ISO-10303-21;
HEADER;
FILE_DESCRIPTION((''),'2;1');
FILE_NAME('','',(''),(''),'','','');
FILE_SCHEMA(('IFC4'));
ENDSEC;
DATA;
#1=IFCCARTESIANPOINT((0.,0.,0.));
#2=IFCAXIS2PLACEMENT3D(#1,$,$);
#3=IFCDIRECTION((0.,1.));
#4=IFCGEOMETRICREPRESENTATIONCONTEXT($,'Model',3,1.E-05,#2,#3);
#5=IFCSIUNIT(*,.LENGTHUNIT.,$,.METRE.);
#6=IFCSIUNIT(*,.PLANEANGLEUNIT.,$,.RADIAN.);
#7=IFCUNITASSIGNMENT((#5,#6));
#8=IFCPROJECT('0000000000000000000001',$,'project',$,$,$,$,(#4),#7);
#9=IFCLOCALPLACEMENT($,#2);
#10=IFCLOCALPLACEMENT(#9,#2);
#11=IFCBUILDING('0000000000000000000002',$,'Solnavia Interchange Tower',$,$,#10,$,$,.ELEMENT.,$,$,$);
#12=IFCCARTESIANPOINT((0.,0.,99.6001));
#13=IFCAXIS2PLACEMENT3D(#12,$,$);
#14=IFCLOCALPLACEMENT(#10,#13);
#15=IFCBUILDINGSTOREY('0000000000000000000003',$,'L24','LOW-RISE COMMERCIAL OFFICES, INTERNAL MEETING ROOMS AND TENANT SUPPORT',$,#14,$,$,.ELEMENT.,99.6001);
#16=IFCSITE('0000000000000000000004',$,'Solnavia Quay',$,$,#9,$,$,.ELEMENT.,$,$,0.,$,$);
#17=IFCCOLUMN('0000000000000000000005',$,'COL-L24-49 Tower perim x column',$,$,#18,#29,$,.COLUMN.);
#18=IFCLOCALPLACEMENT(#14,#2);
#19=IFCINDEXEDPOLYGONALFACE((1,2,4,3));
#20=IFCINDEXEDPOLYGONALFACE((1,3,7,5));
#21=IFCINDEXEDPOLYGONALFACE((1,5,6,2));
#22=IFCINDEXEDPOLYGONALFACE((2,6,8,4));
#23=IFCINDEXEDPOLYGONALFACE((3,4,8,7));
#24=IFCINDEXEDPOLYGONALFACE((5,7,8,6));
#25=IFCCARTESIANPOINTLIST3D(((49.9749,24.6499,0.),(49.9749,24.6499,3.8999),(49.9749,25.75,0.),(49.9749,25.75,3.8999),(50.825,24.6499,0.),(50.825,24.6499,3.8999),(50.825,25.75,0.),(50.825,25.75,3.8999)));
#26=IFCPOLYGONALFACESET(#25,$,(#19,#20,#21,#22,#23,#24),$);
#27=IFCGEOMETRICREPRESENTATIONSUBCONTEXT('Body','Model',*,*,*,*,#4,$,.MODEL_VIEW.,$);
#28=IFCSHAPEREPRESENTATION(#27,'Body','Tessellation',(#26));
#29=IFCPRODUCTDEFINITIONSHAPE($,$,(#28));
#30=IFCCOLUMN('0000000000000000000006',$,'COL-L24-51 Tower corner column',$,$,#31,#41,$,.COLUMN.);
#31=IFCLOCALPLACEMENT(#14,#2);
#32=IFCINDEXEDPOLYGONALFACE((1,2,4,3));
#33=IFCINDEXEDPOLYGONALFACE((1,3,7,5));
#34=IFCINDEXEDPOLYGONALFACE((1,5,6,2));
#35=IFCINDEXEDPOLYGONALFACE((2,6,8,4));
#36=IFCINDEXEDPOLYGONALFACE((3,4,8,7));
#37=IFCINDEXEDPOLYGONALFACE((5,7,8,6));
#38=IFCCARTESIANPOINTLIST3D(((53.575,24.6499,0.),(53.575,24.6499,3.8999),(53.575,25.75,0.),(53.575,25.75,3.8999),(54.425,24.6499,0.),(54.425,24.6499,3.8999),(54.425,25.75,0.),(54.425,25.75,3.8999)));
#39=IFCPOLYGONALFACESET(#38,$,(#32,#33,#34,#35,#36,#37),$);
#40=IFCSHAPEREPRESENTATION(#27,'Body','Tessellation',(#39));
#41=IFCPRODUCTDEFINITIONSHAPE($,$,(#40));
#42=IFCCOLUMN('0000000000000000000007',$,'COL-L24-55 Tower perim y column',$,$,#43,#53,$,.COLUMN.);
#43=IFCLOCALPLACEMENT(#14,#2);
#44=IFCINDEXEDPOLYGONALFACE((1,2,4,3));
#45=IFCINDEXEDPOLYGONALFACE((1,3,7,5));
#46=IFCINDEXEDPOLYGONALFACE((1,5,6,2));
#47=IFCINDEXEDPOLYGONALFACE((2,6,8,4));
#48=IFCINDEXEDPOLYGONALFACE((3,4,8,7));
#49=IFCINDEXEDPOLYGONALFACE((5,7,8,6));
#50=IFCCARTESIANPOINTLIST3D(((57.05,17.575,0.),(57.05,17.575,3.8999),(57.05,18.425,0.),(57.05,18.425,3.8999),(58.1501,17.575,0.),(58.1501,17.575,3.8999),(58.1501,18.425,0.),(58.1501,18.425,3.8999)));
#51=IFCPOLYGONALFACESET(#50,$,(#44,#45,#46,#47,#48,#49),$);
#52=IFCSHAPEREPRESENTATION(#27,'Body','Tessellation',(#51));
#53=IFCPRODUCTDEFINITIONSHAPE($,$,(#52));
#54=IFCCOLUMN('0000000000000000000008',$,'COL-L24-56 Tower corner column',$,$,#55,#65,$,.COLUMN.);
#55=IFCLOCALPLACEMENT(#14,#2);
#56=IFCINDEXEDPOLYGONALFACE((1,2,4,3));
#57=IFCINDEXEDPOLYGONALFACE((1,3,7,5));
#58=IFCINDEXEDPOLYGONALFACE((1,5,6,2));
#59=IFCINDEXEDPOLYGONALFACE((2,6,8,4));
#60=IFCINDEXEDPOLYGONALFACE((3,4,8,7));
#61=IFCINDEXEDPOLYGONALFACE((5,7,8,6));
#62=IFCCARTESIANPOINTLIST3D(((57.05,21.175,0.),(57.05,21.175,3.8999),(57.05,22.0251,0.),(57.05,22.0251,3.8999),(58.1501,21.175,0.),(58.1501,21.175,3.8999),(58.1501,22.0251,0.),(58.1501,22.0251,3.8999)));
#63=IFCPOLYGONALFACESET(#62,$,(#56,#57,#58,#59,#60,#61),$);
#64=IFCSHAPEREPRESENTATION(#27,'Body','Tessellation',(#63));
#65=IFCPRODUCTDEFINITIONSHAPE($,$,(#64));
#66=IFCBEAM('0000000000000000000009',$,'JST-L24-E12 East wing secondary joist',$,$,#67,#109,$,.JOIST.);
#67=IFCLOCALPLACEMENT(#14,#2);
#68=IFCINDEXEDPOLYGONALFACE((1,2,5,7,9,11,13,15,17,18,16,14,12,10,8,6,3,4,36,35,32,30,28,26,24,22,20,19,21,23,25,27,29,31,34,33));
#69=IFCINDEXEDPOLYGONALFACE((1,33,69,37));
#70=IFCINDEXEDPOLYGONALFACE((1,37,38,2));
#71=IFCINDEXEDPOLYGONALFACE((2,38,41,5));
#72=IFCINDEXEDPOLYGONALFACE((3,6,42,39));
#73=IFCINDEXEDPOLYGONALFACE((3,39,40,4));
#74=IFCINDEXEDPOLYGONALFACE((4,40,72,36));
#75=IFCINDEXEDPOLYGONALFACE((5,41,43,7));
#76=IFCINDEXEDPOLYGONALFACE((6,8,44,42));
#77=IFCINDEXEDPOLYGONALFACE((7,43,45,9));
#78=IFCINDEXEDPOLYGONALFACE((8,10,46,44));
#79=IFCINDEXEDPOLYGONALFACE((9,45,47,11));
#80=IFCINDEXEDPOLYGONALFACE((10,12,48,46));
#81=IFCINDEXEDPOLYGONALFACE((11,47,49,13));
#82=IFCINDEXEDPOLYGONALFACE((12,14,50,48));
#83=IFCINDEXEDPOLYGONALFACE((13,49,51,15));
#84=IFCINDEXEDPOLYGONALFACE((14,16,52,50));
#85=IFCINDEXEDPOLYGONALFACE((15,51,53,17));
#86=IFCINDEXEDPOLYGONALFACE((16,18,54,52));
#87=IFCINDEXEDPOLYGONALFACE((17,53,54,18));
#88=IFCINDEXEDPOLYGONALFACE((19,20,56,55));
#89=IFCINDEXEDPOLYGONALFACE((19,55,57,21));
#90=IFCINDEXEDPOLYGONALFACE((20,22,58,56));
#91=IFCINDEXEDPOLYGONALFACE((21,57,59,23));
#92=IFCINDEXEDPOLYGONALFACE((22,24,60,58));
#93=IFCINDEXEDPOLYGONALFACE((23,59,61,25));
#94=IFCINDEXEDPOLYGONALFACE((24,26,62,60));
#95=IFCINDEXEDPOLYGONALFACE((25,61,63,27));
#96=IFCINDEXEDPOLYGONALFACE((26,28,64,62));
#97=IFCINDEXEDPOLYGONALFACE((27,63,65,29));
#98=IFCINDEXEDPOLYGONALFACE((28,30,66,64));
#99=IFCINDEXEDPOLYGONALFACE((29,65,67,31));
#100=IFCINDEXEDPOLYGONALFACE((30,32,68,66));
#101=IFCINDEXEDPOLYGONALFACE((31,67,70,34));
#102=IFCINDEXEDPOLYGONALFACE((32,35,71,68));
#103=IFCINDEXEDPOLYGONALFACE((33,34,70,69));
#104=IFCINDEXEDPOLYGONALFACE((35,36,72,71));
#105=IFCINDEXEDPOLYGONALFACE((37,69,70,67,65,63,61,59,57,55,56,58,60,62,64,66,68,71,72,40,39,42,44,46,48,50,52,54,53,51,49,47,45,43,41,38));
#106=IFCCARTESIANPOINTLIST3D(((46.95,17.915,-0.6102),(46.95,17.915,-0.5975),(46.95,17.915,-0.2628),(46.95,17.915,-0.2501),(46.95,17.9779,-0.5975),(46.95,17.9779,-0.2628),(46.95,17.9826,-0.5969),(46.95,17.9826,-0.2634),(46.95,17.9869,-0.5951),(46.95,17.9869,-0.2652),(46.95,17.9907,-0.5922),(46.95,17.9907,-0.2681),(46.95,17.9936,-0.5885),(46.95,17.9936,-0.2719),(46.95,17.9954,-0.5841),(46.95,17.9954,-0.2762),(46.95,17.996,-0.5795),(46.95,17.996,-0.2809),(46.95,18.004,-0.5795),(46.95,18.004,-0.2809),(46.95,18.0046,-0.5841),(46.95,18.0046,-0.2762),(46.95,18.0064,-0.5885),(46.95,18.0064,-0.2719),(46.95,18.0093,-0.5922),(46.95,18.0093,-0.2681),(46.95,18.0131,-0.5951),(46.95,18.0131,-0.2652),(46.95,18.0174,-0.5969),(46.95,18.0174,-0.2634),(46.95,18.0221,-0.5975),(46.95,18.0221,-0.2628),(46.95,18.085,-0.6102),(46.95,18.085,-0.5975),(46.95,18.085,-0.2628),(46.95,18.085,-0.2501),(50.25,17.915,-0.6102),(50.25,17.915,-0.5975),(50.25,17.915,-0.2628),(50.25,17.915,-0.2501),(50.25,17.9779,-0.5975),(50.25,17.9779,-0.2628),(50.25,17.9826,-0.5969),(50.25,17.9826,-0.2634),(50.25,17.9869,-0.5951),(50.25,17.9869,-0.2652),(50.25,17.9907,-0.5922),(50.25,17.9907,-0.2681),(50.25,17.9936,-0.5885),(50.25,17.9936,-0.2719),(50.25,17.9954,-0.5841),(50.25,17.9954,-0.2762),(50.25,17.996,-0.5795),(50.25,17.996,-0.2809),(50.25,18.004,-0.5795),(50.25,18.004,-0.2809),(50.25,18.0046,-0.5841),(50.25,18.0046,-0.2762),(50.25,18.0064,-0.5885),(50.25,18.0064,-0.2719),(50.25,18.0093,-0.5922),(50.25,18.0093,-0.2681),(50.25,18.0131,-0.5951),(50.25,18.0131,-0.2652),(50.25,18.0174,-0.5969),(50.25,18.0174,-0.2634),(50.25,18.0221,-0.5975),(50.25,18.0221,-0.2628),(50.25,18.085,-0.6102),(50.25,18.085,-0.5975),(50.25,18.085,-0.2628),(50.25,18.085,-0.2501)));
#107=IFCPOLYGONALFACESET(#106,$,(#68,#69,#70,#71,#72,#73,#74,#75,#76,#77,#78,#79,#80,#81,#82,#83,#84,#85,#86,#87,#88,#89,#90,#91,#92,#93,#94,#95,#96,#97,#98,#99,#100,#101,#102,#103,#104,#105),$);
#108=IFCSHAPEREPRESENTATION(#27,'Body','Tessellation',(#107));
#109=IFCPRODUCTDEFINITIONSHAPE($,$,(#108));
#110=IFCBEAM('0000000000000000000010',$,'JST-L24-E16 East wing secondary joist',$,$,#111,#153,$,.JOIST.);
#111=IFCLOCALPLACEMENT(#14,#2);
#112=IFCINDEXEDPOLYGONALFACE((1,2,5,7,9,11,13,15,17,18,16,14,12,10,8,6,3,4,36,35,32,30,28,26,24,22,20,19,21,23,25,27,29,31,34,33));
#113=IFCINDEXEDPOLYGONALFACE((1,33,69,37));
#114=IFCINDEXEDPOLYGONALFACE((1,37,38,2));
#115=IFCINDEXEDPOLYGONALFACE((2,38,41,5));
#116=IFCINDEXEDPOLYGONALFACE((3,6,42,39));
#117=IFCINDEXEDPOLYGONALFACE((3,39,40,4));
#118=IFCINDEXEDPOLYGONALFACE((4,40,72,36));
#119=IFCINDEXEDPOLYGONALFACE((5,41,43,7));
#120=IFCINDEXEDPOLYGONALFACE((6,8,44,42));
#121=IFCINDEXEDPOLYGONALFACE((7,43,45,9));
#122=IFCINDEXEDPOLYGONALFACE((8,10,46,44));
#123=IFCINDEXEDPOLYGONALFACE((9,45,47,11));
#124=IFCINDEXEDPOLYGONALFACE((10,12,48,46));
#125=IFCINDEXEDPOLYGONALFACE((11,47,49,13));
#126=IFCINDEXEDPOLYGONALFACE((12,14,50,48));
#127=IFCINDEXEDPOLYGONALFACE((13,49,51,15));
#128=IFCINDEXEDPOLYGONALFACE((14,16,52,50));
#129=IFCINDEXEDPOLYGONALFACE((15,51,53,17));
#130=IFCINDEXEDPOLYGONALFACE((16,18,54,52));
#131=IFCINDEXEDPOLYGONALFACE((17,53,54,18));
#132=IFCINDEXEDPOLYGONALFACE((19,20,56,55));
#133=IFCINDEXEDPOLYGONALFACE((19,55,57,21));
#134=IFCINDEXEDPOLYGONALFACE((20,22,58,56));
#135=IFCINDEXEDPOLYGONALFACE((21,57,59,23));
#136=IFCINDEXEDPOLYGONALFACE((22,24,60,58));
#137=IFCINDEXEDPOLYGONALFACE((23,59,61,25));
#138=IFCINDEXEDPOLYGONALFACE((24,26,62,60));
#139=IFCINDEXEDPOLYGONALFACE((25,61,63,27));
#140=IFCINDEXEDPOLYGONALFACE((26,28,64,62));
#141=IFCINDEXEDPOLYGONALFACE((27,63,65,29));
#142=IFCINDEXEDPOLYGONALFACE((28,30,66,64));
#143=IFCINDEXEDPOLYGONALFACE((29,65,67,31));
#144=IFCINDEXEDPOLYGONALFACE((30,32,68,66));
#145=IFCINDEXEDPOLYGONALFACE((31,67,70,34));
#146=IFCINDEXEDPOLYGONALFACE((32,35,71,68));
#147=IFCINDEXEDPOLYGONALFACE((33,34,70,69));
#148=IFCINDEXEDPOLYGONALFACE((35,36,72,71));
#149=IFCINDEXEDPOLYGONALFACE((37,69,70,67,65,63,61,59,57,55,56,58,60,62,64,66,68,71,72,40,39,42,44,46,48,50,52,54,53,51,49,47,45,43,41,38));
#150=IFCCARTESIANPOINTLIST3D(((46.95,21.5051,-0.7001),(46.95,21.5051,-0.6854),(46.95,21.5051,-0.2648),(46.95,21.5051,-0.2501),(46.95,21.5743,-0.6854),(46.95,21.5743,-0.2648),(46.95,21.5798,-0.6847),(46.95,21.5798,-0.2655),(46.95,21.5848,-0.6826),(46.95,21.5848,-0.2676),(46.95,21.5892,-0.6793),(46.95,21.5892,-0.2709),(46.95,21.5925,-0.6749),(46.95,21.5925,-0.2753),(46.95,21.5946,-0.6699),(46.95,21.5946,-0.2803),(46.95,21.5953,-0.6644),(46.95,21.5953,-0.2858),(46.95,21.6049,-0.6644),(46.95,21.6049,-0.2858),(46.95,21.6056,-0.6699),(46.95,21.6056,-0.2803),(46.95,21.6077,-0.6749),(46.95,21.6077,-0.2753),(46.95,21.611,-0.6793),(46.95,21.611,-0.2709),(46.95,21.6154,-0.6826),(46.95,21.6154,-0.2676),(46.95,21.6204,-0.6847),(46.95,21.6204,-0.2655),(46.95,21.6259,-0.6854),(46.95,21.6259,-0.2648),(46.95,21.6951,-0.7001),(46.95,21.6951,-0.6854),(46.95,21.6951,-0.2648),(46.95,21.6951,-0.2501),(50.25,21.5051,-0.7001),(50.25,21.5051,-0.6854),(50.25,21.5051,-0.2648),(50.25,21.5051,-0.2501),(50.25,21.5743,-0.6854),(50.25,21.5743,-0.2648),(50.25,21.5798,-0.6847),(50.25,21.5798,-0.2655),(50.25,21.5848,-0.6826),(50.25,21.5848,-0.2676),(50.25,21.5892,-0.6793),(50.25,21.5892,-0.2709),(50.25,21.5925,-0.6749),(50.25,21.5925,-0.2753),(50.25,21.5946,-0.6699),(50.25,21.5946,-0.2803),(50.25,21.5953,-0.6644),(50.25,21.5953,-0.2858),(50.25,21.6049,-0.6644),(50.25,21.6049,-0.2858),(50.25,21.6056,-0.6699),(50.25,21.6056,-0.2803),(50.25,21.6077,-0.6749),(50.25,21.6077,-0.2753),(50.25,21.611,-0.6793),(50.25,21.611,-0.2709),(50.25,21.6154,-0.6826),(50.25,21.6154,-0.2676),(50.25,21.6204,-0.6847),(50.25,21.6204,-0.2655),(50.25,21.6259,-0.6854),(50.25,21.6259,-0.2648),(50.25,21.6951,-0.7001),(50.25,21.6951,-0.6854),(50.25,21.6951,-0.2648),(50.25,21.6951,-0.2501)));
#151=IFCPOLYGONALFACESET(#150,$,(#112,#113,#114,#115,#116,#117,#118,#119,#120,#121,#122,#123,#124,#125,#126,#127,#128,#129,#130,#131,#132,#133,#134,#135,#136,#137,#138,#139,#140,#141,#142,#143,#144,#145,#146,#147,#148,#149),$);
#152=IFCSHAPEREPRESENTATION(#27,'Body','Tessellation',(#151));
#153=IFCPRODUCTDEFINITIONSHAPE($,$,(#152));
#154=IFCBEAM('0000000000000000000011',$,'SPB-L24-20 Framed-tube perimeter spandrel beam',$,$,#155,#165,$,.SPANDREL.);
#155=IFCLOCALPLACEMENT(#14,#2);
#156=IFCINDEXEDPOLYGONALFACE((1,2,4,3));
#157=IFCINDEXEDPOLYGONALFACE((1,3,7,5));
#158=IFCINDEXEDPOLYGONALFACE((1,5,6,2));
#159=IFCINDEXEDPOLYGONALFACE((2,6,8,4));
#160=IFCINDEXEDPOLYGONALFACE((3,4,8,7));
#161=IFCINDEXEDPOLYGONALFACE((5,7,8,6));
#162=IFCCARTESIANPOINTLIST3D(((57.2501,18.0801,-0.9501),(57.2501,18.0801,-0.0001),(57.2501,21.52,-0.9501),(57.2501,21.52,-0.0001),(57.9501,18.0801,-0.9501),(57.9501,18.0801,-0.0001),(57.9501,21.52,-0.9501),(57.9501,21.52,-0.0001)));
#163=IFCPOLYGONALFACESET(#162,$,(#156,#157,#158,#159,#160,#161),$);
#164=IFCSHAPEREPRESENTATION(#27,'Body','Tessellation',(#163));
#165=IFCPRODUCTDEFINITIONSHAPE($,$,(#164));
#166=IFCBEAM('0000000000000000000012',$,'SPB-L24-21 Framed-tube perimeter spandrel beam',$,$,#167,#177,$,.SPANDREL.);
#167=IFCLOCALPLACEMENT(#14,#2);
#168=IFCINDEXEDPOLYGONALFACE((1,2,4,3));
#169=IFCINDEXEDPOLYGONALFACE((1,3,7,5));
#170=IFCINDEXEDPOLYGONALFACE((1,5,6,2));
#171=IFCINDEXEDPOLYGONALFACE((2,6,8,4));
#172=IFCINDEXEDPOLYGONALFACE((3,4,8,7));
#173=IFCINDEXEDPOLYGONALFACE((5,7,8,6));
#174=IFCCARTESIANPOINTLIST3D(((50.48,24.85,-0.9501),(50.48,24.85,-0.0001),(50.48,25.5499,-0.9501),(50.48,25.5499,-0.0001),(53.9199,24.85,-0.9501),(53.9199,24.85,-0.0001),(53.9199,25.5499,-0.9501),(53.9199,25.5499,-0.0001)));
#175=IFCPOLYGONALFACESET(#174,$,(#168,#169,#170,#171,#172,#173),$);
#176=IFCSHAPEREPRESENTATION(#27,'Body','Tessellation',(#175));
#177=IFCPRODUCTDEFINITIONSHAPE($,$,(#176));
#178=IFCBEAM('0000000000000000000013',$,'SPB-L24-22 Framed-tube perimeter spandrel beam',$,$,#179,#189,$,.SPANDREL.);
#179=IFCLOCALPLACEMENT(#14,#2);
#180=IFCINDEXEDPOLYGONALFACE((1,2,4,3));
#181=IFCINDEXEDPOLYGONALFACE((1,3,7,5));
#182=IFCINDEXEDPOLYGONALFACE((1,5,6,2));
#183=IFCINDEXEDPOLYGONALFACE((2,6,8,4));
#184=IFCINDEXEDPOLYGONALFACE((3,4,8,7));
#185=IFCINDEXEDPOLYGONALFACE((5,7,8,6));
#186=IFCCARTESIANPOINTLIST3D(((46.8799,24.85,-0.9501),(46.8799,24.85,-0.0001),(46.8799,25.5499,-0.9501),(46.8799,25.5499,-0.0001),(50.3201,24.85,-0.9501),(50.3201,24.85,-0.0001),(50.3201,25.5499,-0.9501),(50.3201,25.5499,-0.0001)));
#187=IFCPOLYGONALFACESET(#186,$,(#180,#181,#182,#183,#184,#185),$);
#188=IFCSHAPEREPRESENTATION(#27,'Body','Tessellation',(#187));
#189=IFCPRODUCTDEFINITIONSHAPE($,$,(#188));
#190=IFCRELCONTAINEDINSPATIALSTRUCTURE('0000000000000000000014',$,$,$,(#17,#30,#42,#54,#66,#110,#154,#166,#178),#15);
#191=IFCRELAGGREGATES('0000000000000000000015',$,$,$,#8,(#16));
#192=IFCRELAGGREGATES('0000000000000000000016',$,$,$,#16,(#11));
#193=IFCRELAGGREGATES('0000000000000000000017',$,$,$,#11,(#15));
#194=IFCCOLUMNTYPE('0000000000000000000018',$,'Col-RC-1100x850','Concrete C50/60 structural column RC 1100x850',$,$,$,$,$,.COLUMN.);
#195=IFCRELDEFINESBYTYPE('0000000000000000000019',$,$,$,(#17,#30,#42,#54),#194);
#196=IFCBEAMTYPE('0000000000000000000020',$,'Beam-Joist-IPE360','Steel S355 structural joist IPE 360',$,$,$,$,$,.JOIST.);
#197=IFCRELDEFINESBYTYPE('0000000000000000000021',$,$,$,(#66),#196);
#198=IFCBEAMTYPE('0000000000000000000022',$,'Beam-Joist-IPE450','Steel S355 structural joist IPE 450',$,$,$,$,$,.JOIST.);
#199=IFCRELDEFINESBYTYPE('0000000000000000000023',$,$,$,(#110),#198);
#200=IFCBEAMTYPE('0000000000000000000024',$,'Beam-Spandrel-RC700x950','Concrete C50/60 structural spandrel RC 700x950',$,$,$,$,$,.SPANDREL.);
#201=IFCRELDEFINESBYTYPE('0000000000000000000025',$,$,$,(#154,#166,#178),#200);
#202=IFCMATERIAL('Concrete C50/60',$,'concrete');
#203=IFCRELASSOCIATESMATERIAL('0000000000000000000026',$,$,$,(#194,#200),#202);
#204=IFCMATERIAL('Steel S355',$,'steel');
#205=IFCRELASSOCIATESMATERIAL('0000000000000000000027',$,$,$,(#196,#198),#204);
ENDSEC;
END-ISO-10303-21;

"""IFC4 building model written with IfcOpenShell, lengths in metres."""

from ifc_helpers import new_model, si_unit, direction, frame, origin, origin_2d, place, context, subcontext, project, spatial, rectangle, i_section, extrude, material, material_profile, profile_set, type_object, element, save


model = new_model("IFC4")

# Units and contexts
model_context = context("Model", 3, precision=1e-05, world=origin(), true_north=direction((0.0, 1.0)))
body_context = subcontext(model_context, "Body", "Model", "MODEL_VIEW")
ifc_project = project(units=[si_unit("LENGTHUNIT", "METRE"), si_unit("PLANEANGLEUNIT", "RADIAN")], contexts=[model_context])

# Site, building, storey
site_placement = place(None, origin())
site = spatial("IfcSite", under=ifc_project, at=site_placement, Name="Solnavia Quay", CompositionType="ELEMENT", RefElevation=0.0)
building_placement = place(site_placement, origin())
building = spatial("IfcBuilding", under=site, at=building_placement, Name="Solnavia Interchange Tower", CompositionType="ELEMENT")
storey_placement = place(building_placement, frame((0.0, 0.0, 99.6001)))
storey = spatial("IfcBuildingStorey", under=building, at=storey_placement, Name="L24", Description="LOW-RISE COMMERCIAL OFFICES, INTERNAL MEETING ROOMS AND TENANT SUPPORT", CompositionType="ELEMENT", Elevation=99.6001)

# Columns
ifc_material_1 = material(Name="Concrete C50/60", Category="concrete")
ifc_material_profile_1 = material_profile(ifc_material_1, rectangle(XDim=0.8501, YDim=1.1001, at=origin_2d()), Name="RC 1100x850")
ifc_profile_set_1 = profile_set([ifc_material_profile_1], Name="Concrete C50/60")
column_type = type_object("IfcColumnType", Name="Col-RC-1100x850", Description="Concrete C50/60 structural column RC 1100x850", PredefinedType="COLUMN", material=ifc_profile_set_1)
for number, where, z_axis, x_axis, name in (
    (1, (50.3999, 25.2, 0.0), (0.0, 0.0, 1.0), (1.0, 0.0, 0.0), "COL-L24-49 Tower perim x column"),
    (2, (54.0, 25.2, 0.0), (0.0, 0.0, 1.0), (1.0, 0.0, 0.0), "COL-L24-51 Tower corner column"),
    (3, (57.6001, 18.0, 0.0), (0.0, 0.0, 1.0), (0.0, 1.0, 0.0), "COL-L24-55 Tower perim y column"),
    (4, (57.6001, 21.6001, 0.0), (0.0, 0.0, 1.0), (0.0, 1.0, 0.0), "COL-L24-56 Tower corner column"),
):
    element("IfcColumn", number, at=place(storey_placement, frame(where, z_axis=z_axis, x_axis=x_axis)), inside=storey, type_object=column_type, Name=name, PredefinedType="COLUMN", context=body_context, shape_type="SweptSolid", body=[
        extrude(rectangle(XDim=0.8501, YDim=1.1001, at=origin_2d()), origin(), (0.0, 0.0, 1.0), 3.8999),
    ])

# Beams
ifc_material_2 = material(Name="Steel S355", Category="steel")
ifc_material_profile_2 = material_profile(ifc_material_2, i_section(OverallWidth=0.1699, OverallDepth=0.3601, WebThickness=0.0081, FlangeThickness=0.0127, FilletRadius=0.0181, at=origin_2d()), Name="IPE 360")
ifc_profile_set_2 = profile_set([ifc_material_profile_2], Name="Steel S355")
beam_type_1 = type_object("IfcBeamType", Name="Beam-Joist-IPE360", Description="Steel S355 structural joist IPE 360", PredefinedType="JOIST", material=ifc_profile_set_2)
beam_1_placement = place(storey_placement, frame((46.95, 18.0, -0.4302), z_axis=(1.0, 0.0, 0.0), x_axis=(0.0, 1.0, 0.0)))
element("IfcBeam", 5, at=beam_1_placement, inside=storey, type_object=beam_type_1, Name="JST-L24-E12 East wing secondary joist", PredefinedType="JOIST", context=body_context, shape_type="SweptSolid", body=[
    extrude(i_section(OverallWidth=0.1699, OverallDepth=0.3601, WebThickness=0.0081, FlangeThickness=0.0127, FilletRadius=0.0181, at=origin_2d()), origin(), (0.0, 0.0, 1.0), 3.3),
])
ifc_material_profile_3 = material_profile(ifc_material_2, i_section(OverallWidth=0.1899, OverallDepth=0.45, WebThickness=0.0095, FlangeThickness=0.0146, FilletRadius=0.021, at=origin_2d()), Name="IPE 450")
ifc_profile_set_3 = profile_set([ifc_material_profile_3], Name="Steel S355")
beam_type_2 = type_object("IfcBeamType", Name="Beam-Joist-IPE450", Description="Steel S355 structural joist IPE 450", PredefinedType="JOIST", material=ifc_profile_set_3)
beam_2_placement = place(storey_placement, frame((46.95, 21.6001, -0.4751), z_axis=(1.0, 0.0, 0.0), x_axis=(0.0, 1.0, 0.0)))
element("IfcBeam", 6, at=beam_2_placement, inside=storey, type_object=beam_type_2, Name="JST-L24-E16 East wing secondary joist", PredefinedType="JOIST", context=body_context, shape_type="SweptSolid", body=[
    extrude(i_section(OverallWidth=0.1899, OverallDepth=0.45, WebThickness=0.0095, FlangeThickness=0.0146, FilletRadius=0.021, at=origin_2d()), origin(), (0.0, 0.0, 1.0), 3.3),
])
ifc_material_profile_4 = material_profile(ifc_material_1, rectangle(XDim=0.7, YDim=0.95, at=origin_2d()), Name="RC 700x950")
ifc_profile_set_4 = profile_set([ifc_material_profile_4], Name="Concrete C50/60")
beam_type_3 = type_object("IfcBeamType", Name="Beam-Spandrel-RC700x950", Description="Concrete C50/60 structural spandrel RC 700x950", PredefinedType="SPANDREL", material=ifc_profile_set_4)
for number, where, z_axis, x_axis, name in (
    (7, (57.6001, 18.0801, -0.4751), (0.0, 1.0, 0.0), (-1.0, 0.0, 0.0), "SPB-L24-20 Framed-tube perimeter spandrel beam"),
    (8, (53.9199, 25.2, -0.4751), (-1.0, 0.0, 0.0), (0.0, -1.0, 0.0), "SPB-L24-21 Framed-tube perimeter spandrel beam"),
):
    element("IfcBeam", number, at=place(storey_placement, frame(where, z_axis=z_axis, x_axis=x_axis)), inside=storey, type_object=beam_type_3, Name=name, PredefinedType="SPANDREL", context=body_context, shape_type="SweptSolid", body=[
        extrude(rectangle(XDim=0.7, YDim=0.95, at=origin_2d()), origin(), (0.0, 0.0, 1.0), 3.4399),
    ])
beam_3_placement = place(storey_placement, frame((50.3201, 25.2, -0.4751), z_axis=(-1.0, 0.0, 0.0), x_axis=(0.0, -1.0, 0.0)))
element("IfcBeam", 9, at=beam_3_placement, inside=storey, type_object=beam_type_3, Name="SPB-L24-22 Framed-tube perimeter spandrel beam", PredefinedType="SPANDREL", context=body_context, shape_type="SweptSolid", body=[
    extrude(rectangle(XDim=0.7, YDim=0.95, at=origin_2d()), origin(), (0.0, 0.0, 1.0), 3.4402),
])

save(model, "model.ifc")
